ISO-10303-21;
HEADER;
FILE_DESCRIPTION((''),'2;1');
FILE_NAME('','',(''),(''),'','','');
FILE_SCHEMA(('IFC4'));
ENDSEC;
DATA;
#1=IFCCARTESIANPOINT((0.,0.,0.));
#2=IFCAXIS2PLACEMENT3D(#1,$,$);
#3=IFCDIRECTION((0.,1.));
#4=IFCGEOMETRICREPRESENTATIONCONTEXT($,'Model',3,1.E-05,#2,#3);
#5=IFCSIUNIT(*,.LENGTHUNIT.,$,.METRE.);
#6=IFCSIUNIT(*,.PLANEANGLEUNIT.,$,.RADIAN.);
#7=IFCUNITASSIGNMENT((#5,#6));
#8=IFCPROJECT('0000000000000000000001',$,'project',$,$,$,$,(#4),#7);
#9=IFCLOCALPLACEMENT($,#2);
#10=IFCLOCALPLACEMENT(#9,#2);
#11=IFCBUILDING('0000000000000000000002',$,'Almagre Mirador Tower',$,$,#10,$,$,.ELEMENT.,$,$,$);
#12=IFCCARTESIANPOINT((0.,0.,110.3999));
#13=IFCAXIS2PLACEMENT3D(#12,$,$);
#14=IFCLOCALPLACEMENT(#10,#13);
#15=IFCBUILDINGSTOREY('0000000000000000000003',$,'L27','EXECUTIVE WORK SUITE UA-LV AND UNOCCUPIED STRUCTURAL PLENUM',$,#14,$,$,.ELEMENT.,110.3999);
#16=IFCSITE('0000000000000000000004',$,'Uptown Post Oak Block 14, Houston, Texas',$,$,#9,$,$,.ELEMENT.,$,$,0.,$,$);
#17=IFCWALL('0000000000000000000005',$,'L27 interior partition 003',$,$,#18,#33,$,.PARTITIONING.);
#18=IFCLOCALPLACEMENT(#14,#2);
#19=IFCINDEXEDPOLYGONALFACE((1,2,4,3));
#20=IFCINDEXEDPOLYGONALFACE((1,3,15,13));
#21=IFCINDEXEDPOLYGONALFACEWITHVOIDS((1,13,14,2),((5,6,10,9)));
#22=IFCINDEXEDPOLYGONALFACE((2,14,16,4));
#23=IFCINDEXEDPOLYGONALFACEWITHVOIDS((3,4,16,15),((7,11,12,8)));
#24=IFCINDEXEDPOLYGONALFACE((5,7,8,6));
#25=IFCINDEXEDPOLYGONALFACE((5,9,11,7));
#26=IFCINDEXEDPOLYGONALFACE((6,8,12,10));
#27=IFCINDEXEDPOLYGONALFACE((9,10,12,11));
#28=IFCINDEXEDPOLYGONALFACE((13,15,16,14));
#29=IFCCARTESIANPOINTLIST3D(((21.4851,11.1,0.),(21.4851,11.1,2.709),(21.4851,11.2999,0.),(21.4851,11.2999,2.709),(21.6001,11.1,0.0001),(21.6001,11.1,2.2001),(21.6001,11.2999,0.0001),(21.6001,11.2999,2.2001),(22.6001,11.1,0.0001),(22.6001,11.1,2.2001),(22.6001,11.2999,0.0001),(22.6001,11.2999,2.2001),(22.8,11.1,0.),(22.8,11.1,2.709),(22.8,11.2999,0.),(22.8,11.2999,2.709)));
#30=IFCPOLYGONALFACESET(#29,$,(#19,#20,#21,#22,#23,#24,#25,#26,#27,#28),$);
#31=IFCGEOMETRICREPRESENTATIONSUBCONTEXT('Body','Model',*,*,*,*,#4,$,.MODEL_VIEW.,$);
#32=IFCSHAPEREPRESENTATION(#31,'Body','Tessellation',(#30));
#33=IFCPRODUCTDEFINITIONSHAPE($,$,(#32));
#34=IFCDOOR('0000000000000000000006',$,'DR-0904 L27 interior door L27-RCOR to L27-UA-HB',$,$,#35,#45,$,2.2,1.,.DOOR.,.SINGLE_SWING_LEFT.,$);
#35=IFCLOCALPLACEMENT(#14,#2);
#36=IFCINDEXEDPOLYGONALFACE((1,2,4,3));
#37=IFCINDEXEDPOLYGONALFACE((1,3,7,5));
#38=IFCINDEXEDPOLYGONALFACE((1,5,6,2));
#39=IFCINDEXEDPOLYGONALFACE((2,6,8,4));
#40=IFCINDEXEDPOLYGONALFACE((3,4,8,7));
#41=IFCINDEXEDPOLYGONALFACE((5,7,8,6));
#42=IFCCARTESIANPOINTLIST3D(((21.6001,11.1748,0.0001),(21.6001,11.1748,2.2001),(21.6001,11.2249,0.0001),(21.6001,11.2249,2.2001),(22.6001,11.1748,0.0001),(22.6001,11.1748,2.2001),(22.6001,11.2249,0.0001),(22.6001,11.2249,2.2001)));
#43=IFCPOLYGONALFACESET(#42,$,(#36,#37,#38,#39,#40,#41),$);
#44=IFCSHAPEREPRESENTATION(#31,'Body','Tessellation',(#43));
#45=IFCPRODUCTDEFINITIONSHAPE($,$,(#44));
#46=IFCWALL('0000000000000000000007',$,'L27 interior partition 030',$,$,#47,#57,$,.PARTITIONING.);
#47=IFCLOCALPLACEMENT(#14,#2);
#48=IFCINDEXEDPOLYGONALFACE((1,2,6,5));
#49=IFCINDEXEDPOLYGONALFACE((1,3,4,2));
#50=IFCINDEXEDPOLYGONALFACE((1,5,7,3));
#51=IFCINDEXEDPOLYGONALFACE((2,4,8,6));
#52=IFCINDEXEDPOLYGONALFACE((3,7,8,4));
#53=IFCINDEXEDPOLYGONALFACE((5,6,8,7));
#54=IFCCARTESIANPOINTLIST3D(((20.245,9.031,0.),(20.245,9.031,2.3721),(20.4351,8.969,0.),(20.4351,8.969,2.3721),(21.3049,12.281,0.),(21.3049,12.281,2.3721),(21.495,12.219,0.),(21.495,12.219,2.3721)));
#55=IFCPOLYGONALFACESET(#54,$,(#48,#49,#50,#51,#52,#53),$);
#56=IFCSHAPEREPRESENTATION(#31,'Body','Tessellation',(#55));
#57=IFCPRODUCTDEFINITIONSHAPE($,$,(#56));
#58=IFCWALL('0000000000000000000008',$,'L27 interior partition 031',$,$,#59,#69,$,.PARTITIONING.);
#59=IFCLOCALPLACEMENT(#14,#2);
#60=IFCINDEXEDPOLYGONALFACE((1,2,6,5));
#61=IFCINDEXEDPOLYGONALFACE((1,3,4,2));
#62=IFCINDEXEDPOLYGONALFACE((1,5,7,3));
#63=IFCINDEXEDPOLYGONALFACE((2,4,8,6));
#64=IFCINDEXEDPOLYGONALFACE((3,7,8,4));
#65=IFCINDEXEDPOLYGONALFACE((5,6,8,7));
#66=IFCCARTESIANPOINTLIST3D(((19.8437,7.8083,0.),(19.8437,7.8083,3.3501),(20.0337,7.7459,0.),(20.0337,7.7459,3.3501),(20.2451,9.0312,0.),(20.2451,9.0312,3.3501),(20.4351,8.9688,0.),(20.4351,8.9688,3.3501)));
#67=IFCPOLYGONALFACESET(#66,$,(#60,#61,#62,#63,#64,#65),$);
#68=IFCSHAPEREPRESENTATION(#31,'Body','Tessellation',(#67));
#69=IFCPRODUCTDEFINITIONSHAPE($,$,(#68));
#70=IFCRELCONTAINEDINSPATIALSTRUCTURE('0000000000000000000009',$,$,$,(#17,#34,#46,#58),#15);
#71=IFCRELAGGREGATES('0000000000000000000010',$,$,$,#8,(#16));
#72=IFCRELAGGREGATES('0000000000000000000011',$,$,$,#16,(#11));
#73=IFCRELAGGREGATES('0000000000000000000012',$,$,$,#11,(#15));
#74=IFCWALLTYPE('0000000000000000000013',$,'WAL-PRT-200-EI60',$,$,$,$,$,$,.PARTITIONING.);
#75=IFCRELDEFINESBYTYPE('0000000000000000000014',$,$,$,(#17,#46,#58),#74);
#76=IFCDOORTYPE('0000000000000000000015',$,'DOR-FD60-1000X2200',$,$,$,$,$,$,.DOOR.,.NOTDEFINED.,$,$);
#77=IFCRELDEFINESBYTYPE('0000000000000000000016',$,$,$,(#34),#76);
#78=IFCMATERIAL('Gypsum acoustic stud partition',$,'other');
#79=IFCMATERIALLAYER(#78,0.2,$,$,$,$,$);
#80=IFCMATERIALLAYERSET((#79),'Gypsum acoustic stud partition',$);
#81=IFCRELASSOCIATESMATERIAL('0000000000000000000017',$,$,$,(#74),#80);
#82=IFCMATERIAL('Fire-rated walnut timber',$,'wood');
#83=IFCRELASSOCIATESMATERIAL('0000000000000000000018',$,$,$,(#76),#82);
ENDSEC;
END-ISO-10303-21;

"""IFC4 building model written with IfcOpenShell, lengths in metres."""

from ifc_helpers import new_model, si_unit, direction, frame, frame_2d, origin, place, context, subcontext, project, spatial, rectangle, extrude, material, layer, layer_set, type_object, element, fill, save


model = new_model("IFC4")

# Units and contexts
model_context = context("Model", 3, precision=1e-05, world=origin(), true_north=direction((0.0, 1.0)))
body_context = subcontext(model_context, "Body", "Model", "MODEL_VIEW")
ifc_project = project(units=[si_unit("LENGTHUNIT", "METRE"), si_unit("PLANEANGLEUNIT", "RADIAN")], contexts=[model_context])

# Site, building, storey
site_placement = place(None, origin())
site = spatial("IfcSite", under=ifc_project, at=site_placement, Name="Uptown Post Oak Block 14, Houston, Texas", CompositionType="ELEMENT", RefElevation=0.0)
building_placement = place(site_placement, origin())
building = spatial("IfcBuilding", under=site, at=building_placement, Name="Almagre Mirador Tower", CompositionType="ELEMENT")
storey_placement = place(building_placement, frame((0.0, 0.0, 110.3999)))
storey = spatial("IfcBuildingStorey", under=building, at=storey_placement, Name="L27", Description="EXECUTIVE WORK SUITE UA-LV AND UNOCCUPIED STRUCTURAL PLENUM", CompositionType="ELEMENT", Elevation=110.3999)

# Shared definitions
ifc_material_1 = material(Name="Gypsum acoustic stud partition", Category="other")
ifc_layer_1 = layer(ifc_material_1, 0.2)
ifc_layer_set_1 = layer_set([ifc_layer_1], Name="Gypsum acoustic stud partition")
wall_type_1 = type_object("IfcWallType", Name="WAL-PRT-200-EI60", PredefinedType="PARTITIONING", material=ifc_layer_set_1)
ifc_material_2 = material(Name="Fire-rated walnut timber", Category="wood")
door_type_1 = type_object("IfcDoorType", Name="DOR-FD60-1000X2200", OperationType="NOTDEFINED", PredefinedType="DOOR", material=ifc_material_2)

# Wall, opening, door
wall_1_placement = place(storey_placement, frame((21.4851, 11.2, 0.0), z_axis=(0.0, 0.0, 1.0), x_axis=(1.0, 0.0, 0.0)))
wall_1 = element("IfcWall", 1, at=wall_1_placement, inside=storey, type_object=wall_type_1, Name="L27 interior partition 003", PredefinedType="PARTITIONING", context=body_context, shape_type="SweptSolid", body=[
    extrude(rectangle(XDim=1.3149, YDim=0.2, at=frame_2d((0.6575, 0.0))), origin(), (0.0, 0.0, 1.0), 2.709),
])
opening_1_placement = place(wall_1_placement, frame((0.115, 0.0, 0.0)))
opening_1 = element("IfcOpeningElement", 2, at=opening_1_placement, cuts=wall_1, PredefinedType="OPENING", context=body_context, shape_type="SweptSolid", body=[
    extrude(rectangle(XDim=1.0, YDim=2.2, at=frame_2d((0.5, 1.1001))), frame((0.0, 0.1101, 0.0), z_axis=(0.0, -1.0, 0.0), x_axis=(1.0, 0.0, 0.0)), (0.0, 0.0, 1.0), 0.22),
])
door_1_placement = place(opening_1_placement, origin())
door_1 = element("IfcDoor", 3, at=door_1_placement, inside=storey, type_object=door_type_1, Name="DR-0904 L27 interior door L27-RCOR to L27-UA-HB", OperationType="SINGLE_SWING_LEFT", OverallHeight=2.2, OverallWidth=1.0, PredefinedType="DOOR", context=body_context, shape_type="SweptSolid", body=[
    extrude(rectangle(XDim=1.0, YDim=2.2, at=frame_2d((0.5, 1.1001))), frame((0.0, 0.0249, 0.0), z_axis=(0.0, -1.0, 0.0), x_axis=(1.0, 0.0, 0.0)), (0.0, 0.0, 1.0), 0.05),
])
fill(opening_1, door_1)

# Walls
wall_2_placement = place(storey_placement, frame((21.3999, 12.25, 0.0), z_axis=(0.0, 0.0, 1.0), x_axis=(-0.310029, -0.950727, 0.0)))
element("IfcWall", 4, at=wall_2_placement, inside=storey, type_object=wall_type_1, Name="L27 interior partition 030", PredefinedType="PARTITIONING", context=body_context, shape_type="SweptSolid", body=[
    extrude(rectangle(XDim=3.4185, YDim=0.2, at=frame_2d((1.7092, 0.0))), origin(), (0.0, 0.0, 1.0), 2.3721),
])
wall_3_placement = place(storey_placement, frame((20.3401, 9.0, 0.0), z_axis=(0.0, 0.0, 1.0), x_axis=(-0.311843, -0.950134, 0.0)))
element("IfcWall", 5, at=wall_3_placement, inside=storey, type_object=wall_type_1, Name="L27 interior partition 031", PredefinedType="PARTITIONING", context=body_context, shape_type="SweptSolid", body=[
    extrude(rectangle(XDim=1.2871, YDim=0.2, at=frame_2d((0.6436, 0.0))), origin(), (0.0, 0.0, 1.0), 3.3501),
])

save(model, "model.ifc")
